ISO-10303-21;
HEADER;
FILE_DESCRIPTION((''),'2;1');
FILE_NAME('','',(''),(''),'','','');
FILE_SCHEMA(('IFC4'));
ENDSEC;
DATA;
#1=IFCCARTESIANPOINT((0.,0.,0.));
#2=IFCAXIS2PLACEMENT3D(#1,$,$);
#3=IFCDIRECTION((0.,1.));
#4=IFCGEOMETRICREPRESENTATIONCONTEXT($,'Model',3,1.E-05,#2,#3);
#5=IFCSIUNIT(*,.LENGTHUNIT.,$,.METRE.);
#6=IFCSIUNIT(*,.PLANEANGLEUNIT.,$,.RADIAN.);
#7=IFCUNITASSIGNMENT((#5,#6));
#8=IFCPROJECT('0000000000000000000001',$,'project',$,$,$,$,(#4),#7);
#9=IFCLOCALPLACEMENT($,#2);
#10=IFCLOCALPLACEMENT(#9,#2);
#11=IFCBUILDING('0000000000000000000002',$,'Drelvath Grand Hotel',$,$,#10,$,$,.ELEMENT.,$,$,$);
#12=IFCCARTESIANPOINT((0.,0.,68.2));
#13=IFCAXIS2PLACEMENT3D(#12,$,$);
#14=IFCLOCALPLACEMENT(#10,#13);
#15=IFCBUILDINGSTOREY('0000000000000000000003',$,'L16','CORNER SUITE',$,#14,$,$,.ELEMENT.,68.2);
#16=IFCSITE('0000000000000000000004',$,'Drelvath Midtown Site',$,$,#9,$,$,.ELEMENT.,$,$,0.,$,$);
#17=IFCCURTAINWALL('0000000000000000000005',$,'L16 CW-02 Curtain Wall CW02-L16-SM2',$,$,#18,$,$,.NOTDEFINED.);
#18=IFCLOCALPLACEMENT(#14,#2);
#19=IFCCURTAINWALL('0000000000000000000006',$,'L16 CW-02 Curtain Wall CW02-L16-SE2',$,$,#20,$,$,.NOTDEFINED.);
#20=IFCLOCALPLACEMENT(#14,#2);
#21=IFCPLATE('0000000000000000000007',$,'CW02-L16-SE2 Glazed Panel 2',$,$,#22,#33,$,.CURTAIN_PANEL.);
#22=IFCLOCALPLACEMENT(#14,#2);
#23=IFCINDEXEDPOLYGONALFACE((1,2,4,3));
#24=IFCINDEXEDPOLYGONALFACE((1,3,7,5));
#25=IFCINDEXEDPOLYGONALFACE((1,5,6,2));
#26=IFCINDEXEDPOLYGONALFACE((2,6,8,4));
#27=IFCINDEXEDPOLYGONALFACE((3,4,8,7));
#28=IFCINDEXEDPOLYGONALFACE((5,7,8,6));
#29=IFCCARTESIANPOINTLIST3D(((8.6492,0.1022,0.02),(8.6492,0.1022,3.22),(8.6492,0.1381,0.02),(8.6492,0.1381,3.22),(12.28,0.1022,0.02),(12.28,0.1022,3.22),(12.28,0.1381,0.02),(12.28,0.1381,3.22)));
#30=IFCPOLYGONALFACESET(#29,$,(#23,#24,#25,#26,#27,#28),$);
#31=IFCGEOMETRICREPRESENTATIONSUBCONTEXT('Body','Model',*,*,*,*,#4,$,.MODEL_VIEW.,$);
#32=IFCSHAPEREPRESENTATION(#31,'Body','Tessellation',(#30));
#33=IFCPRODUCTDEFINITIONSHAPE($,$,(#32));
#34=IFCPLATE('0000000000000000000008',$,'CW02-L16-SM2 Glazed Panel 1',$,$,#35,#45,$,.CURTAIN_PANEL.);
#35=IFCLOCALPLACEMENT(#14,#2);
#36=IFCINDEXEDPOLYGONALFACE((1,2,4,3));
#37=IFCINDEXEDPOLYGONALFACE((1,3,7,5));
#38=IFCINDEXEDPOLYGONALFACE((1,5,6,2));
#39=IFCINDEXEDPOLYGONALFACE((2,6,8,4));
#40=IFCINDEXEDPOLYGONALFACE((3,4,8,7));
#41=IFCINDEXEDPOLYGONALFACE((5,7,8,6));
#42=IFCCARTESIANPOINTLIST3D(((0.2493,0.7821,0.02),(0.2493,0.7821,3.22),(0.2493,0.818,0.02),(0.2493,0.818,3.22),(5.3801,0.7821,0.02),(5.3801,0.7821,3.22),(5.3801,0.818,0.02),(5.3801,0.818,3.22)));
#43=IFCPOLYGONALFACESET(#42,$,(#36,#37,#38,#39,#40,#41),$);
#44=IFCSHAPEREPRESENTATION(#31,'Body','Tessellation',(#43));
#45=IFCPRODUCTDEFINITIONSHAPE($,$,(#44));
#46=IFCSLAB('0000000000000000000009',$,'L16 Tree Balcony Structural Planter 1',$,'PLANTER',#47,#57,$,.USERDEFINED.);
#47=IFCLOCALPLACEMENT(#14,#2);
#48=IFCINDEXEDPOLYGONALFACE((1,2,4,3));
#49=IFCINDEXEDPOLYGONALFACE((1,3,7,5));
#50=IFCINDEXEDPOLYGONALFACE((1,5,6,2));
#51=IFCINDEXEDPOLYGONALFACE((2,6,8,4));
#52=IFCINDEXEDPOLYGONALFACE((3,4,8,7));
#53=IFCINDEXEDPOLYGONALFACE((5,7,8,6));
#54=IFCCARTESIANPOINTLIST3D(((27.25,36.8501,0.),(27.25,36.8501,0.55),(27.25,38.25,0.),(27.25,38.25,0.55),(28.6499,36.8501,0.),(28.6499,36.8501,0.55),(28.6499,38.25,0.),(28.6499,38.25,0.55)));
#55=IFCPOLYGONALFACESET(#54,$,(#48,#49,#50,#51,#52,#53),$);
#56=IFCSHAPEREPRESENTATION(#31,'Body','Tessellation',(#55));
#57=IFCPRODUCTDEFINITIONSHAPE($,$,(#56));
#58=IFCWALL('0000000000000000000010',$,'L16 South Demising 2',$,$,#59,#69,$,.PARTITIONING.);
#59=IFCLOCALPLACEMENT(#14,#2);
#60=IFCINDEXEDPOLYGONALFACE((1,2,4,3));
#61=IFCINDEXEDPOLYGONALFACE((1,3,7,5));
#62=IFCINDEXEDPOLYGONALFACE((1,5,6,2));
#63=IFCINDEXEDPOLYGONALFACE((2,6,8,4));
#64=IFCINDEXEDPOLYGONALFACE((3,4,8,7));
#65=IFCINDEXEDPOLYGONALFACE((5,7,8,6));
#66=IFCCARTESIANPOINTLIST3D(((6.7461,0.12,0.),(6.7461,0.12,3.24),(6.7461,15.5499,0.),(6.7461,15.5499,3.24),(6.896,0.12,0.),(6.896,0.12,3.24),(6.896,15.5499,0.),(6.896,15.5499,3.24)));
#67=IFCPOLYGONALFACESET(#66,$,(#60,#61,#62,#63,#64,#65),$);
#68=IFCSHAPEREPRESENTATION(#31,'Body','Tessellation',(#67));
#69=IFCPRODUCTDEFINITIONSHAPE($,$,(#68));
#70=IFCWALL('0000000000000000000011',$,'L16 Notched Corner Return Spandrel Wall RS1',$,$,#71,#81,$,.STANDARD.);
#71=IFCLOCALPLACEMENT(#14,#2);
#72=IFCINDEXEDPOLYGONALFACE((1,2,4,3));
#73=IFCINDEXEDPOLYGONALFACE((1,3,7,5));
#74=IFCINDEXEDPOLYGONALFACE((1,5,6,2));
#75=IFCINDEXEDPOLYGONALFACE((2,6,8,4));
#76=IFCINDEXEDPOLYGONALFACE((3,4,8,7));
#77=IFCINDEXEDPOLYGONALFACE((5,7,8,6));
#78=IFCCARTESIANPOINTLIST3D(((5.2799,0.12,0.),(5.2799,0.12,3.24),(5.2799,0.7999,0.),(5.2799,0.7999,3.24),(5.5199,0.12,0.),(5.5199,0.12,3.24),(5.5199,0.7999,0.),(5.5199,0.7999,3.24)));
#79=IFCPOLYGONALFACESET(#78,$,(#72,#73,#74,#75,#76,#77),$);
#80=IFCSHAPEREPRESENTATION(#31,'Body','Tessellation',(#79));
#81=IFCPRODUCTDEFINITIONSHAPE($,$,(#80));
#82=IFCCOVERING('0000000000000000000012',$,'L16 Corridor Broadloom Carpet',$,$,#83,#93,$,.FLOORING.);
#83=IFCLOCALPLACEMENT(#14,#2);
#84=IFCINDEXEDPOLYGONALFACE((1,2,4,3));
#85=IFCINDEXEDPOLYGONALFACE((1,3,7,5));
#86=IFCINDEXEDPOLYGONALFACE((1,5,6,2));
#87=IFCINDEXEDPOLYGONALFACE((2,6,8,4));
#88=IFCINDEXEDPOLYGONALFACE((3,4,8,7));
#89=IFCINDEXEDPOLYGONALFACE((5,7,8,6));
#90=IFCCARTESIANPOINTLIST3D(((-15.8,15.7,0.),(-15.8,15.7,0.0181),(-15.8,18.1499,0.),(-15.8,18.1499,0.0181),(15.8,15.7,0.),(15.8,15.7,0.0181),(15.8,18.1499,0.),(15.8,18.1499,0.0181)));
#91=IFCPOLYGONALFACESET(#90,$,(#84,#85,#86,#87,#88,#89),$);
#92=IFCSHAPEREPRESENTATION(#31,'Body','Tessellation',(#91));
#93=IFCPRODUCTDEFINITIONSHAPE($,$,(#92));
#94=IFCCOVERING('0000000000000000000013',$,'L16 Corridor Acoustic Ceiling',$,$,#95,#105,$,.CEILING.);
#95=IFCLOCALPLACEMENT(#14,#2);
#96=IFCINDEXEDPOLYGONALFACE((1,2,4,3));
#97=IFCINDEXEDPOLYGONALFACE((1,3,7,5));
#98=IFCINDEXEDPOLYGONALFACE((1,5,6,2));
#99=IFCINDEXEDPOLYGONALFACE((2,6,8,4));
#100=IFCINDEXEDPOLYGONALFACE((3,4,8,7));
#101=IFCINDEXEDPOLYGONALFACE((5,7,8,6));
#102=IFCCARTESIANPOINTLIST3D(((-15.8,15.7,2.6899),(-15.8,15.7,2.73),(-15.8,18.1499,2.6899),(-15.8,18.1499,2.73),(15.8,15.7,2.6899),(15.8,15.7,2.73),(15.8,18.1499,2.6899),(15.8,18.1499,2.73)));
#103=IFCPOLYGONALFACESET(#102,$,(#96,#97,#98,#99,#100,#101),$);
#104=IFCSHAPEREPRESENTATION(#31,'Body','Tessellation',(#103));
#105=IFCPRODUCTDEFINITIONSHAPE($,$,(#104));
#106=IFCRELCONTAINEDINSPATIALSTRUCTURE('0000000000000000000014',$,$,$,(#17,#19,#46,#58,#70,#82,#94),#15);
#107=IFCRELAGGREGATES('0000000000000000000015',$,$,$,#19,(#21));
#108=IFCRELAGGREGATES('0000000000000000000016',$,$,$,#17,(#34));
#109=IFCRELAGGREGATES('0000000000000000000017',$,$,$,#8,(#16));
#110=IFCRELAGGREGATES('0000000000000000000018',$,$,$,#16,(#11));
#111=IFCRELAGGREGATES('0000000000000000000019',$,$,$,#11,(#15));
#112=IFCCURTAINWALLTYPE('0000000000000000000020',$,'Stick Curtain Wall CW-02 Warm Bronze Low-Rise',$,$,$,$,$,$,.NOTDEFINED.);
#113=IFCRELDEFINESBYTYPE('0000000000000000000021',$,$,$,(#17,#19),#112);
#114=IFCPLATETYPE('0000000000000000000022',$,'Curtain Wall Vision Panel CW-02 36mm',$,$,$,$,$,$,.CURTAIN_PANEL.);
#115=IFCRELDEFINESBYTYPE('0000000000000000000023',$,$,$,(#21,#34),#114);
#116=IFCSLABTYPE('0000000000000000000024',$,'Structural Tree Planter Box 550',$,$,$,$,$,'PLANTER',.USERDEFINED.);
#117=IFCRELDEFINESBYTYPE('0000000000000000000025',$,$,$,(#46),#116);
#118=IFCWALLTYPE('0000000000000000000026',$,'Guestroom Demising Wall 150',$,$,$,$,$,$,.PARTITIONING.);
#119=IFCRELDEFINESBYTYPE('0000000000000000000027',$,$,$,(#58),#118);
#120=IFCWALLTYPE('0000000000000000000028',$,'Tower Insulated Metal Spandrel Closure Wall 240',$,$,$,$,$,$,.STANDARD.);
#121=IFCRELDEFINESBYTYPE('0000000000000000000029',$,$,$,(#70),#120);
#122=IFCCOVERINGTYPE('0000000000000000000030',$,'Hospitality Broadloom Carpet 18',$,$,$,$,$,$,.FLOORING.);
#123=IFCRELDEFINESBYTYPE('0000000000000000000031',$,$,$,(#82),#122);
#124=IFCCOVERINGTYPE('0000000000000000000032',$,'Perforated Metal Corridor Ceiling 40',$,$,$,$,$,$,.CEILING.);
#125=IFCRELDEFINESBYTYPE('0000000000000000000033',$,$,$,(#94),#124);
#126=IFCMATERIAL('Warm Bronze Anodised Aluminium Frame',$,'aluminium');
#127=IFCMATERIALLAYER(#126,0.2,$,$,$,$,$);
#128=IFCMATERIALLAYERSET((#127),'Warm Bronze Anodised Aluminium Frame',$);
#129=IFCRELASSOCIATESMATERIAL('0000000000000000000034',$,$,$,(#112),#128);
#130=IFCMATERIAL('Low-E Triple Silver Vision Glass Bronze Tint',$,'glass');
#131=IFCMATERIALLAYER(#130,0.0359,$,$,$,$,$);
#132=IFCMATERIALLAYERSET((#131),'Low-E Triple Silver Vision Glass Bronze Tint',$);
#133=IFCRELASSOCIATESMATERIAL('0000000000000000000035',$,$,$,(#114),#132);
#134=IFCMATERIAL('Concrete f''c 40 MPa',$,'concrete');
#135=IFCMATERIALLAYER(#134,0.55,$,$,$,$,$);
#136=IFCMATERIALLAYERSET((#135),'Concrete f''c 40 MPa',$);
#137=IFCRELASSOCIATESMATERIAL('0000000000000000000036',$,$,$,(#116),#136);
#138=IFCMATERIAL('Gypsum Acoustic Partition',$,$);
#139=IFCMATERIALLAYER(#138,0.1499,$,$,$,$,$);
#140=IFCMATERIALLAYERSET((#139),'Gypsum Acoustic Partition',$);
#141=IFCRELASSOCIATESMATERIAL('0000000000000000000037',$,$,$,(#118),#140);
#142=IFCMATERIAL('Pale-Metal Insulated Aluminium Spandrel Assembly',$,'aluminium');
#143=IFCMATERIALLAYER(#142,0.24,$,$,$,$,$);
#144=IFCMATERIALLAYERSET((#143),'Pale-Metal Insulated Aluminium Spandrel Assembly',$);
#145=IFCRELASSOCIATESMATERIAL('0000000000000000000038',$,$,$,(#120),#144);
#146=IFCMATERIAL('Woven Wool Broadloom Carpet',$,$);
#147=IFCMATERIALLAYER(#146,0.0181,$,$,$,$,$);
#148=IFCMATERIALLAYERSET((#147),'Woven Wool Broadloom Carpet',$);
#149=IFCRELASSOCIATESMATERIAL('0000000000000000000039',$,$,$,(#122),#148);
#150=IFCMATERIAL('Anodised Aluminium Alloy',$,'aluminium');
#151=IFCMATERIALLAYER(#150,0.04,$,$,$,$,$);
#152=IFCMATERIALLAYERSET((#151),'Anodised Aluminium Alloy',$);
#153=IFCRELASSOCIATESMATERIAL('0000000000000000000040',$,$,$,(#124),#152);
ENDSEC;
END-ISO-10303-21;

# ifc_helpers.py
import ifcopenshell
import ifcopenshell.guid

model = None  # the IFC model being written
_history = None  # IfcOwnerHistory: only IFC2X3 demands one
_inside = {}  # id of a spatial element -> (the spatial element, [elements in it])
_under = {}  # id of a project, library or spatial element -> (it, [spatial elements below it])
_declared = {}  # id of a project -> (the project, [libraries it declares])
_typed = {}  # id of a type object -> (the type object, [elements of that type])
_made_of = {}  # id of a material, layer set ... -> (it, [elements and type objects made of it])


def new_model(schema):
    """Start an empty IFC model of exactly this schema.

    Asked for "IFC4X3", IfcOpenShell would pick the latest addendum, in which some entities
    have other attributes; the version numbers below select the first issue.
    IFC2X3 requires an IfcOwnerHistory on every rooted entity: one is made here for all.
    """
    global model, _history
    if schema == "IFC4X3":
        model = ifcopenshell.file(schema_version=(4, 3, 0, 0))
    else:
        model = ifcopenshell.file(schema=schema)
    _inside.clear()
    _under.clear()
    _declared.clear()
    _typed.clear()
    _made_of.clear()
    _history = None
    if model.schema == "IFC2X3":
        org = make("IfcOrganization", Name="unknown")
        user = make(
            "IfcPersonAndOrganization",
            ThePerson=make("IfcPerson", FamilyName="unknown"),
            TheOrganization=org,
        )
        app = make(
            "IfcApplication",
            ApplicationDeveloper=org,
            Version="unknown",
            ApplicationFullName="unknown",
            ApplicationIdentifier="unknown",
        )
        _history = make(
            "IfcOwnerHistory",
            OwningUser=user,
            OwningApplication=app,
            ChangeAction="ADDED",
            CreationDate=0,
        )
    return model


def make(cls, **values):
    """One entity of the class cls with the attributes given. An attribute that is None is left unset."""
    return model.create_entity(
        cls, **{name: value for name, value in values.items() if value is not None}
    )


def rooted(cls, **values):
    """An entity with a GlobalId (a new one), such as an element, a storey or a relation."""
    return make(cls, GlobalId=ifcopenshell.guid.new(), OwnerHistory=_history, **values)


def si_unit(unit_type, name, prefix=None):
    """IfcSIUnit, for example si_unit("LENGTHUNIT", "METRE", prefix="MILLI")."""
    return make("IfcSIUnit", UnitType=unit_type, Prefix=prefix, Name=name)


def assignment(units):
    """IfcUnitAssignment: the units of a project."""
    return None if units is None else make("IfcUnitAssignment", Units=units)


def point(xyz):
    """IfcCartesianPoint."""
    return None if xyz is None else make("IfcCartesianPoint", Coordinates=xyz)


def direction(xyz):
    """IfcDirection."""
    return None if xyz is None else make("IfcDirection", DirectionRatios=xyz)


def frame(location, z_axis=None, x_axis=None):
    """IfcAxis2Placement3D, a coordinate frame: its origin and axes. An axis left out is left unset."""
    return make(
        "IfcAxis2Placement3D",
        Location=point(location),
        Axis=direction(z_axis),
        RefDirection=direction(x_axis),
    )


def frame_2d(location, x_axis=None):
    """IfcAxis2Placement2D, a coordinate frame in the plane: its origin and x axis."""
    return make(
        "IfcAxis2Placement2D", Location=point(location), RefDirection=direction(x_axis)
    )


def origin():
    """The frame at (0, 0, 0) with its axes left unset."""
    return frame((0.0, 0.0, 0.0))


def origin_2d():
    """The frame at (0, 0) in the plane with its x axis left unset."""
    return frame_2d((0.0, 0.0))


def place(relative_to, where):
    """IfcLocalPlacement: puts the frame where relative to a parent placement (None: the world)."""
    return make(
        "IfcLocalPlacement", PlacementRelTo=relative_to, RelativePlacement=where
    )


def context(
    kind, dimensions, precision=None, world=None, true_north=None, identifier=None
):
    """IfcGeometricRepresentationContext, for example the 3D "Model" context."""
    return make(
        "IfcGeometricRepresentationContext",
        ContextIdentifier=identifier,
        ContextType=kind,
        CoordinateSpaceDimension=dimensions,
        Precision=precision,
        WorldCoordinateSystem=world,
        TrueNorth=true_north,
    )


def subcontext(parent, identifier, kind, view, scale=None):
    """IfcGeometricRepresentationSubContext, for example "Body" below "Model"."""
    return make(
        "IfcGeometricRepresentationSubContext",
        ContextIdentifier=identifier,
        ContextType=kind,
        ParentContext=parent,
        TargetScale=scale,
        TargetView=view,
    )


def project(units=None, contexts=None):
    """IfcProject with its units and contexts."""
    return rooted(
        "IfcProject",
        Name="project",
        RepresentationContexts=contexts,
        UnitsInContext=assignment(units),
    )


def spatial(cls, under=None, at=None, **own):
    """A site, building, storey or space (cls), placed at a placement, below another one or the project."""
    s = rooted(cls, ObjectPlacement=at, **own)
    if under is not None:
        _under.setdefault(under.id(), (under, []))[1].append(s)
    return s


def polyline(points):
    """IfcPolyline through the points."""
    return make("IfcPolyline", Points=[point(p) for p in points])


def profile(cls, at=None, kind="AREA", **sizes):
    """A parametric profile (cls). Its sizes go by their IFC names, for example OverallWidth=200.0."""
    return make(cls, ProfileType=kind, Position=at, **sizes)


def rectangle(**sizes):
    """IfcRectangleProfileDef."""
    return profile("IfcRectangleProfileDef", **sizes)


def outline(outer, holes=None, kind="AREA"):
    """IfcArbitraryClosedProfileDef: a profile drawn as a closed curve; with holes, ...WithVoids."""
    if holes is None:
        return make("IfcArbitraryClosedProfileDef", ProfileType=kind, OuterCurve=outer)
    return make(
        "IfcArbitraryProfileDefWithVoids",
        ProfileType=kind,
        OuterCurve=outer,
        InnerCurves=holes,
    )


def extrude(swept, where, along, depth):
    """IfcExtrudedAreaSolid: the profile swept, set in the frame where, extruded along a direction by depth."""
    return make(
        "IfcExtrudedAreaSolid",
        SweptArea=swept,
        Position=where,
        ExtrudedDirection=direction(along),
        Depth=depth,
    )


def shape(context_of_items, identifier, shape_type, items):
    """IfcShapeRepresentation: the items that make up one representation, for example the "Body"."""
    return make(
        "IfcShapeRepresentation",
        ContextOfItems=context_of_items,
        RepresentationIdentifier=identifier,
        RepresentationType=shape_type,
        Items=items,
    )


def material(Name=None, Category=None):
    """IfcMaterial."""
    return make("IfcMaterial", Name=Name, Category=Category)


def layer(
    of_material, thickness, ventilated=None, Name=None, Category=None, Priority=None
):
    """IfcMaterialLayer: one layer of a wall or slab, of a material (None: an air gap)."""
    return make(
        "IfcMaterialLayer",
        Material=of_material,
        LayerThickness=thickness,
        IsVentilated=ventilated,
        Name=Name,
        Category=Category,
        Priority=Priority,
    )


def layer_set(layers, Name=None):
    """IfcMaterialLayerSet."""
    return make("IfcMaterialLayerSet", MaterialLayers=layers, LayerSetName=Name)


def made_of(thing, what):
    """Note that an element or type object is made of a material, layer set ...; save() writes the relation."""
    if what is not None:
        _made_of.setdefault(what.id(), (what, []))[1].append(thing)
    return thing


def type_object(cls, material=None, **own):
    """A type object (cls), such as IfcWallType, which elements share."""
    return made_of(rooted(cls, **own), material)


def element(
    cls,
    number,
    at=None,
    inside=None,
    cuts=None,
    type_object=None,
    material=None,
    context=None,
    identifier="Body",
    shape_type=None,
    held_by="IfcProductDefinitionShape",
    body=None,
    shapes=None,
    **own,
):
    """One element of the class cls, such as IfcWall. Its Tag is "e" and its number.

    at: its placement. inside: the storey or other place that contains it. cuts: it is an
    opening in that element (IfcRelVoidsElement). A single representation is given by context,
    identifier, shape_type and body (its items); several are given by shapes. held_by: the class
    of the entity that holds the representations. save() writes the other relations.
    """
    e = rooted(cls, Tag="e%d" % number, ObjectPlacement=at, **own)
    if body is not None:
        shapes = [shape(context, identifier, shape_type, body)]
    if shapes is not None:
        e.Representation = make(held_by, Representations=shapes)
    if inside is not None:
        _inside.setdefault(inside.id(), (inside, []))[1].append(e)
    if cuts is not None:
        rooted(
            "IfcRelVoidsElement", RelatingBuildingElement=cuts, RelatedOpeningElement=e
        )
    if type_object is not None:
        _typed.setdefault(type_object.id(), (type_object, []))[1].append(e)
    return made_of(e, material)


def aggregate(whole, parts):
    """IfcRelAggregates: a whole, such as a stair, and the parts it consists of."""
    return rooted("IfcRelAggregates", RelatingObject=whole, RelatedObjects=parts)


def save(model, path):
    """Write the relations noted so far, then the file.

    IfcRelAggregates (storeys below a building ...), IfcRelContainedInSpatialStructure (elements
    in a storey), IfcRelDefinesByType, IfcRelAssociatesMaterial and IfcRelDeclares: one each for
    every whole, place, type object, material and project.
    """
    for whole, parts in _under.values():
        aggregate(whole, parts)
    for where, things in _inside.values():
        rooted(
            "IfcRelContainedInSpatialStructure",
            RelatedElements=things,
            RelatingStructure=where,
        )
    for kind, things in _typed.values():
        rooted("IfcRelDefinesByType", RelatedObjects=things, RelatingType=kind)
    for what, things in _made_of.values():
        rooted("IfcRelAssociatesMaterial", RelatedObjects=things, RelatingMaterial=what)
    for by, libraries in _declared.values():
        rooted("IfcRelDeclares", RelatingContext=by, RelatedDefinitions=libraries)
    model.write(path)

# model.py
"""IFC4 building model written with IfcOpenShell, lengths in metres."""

from ifc_helpers import new_model, si_unit, direction, frame, frame_2d, origin, origin_2d, place, context, subcontext, project, spatial, polyline, rectangle, outline, extrude, material, layer, layer_set, type_object, element, aggregate, save


model = new_model("IFC4")

# Units and contexts
model_context = context("Model", 3, precision=1e-05, world=origin(), true_north=direction((0.0, 1.0)))
body_context = subcontext(model_context, "Body", "Model", "MODEL_VIEW")
ifc_project = project(units=[si_unit("LENGTHUNIT", "METRE"), si_unit("PLANEANGLEUNIT", "RADIAN")], contexts=[model_context])

# Site, building, storey
site_placement = place(None, origin())
site = spatial("IfcSite", under=ifc_project, at=site_placement, Name="Drelvath Midtown Site", CompositionType="ELEMENT", RefElevation=0.0)
building_placement = place(site_placement, origin())
building = spatial("IfcBuilding", under=site, at=building_placement, Name="Drelvath Grand Hotel", CompositionType="ELEMENT")
storey_placement = place(building_placement, frame((0.0, 0.0, 68.2)))
storey = spatial("IfcBuildingStorey", under=building, at=storey_placement, Name="L16", Description="CORNER SUITE", CompositionType="ELEMENT", Elevation=68.2)

# Curtain wall
ifc_material_1 = material(Name="Warm Bronze Anodised Aluminium Frame", Category="aluminium")
ifc_layer_1 = layer(ifc_material_1, 0.2)
ifc_layer_set_1 = layer_set([ifc_layer_1], Name="Warm Bronze Anodised Aluminium Frame")
curtain_wall_type = type_object("IfcCurtainWallType", Name="Stick Curtain Wall CW-02 Warm Bronze Low-Rise", PredefinedType="NOTDEFINED", material=ifc_layer_set_1)
curtain_wall_1_placement = place(storey_placement, origin())
curtain_wall_1 = element("IfcCurtainWall", 1, at=curtain_wall_1_placement, inside=storey, type_object=curtain_wall_type, Name="L16 CW-02 Curtain Wall CW02-L16-SM2", PredefinedType="NOTDEFINED")

# Curtain wall
curtain_wall_2_placement = place(storey_placement, origin())
curtain_wall_2 = element("IfcCurtainWall", 2, at=curtain_wall_2_placement, inside=storey, type_object=curtain_wall_type, Name="L16 CW-02 Curtain Wall CW02-L16-SE2", PredefinedType="NOTDEFINED")

# Shared definitions
ifc_material_2 = material(Name="Concrete f'c 40 MPa", Category="concrete")

# Plates
ifc_material_3 = material(Name="Low-E Triple Silver Vision Glass Bronze Tint", Category="glass")
ifc_layer_2 = layer(ifc_material_3, 0.0359)
ifc_layer_set_2 = layer_set([ifc_layer_2], Name="Low-E Triple Silver Vision Glass Bronze Tint")
plate_type = type_object("IfcPlateType", Name="Curtain Wall Vision Panel CW-02 36mm", PredefinedType="CURTAIN_PANEL", material=ifc_layer_set_2)
plate_1_placement = place(storey_placement, frame((10.4646, 0.1201, 0.02), z_axis=(0.0, 0.0, 1.0), x_axis=(-1.0, 0.0, 0.0)))
plate_1 = element("IfcPlate", 3, at=plate_1_placement, type_object=plate_type, Name="CW02-L16-SE2 Glazed Panel 2", PredefinedType="CURTAIN_PANEL", context=body_context, shape_type="SweptSolid", body=[
    extrude(rectangle(XDim=3.6309, YDim=0.0359, at=origin_2d()), origin(), (0.0, 0.0, 1.0), 3.2),
])
aggregate(curtain_wall_2, [plate_1])
plate_2_placement = place(storey_placement, frame((2.8147, 0.8, 0.02), z_axis=(0.0, 0.0, 1.0), x_axis=(-1.0, 0.0, 0.0)))
plate_2 = element("IfcPlate", 4, at=plate_2_placement, type_object=plate_type, Name="CW02-L16-SM2 Glazed Panel 1", PredefinedType="CURTAIN_PANEL", context=body_context, shape_type="SweptSolid", body=[
    extrude(rectangle(XDim=5.1309, YDim=0.0359, at=origin_2d()), origin(), (0.0, 0.0, 1.0), 3.2),
])
aggregate(curtain_wall_1, [plate_2])

# Slab
ifc_layer_3 = layer(ifc_material_2, 0.55)
ifc_layer_set_3 = layer_set([ifc_layer_3], Name="Concrete f'c 40 MPa")
slab_type_1 = type_object("IfcSlabType", Name="Structural Tree Planter Box 550", ElementType="PLANTER", PredefinedType="USERDEFINED", material=ifc_layer_set_3)
slab_1_placement = place(storey_placement, origin())
element("IfcSlab", 5, at=slab_1_placement, inside=storey, type_object=slab_type_1, Name="L16 Tree Balcony Structural Planter 1", ObjectType="PLANTER", PredefinedType="USERDEFINED", context=body_context, shape_type="SweptSolid", body=[
    extrude(outline(polyline([(27.25, 36.8501), (28.6499, 36.8501), (28.6499, 38.25), (27.25, 38.25), (27.25, 36.8501)])), origin(), (0.0, 0.0, 1.0), 0.55),
])

# Walls
ifc_material_4 = material(Name="Gypsum Acoustic Partition")
ifc_layer_4 = layer(ifc_material_4, 0.1499)
ifc_layer_set_4 = layer_set([ifc_layer_4], Name="Gypsum Acoustic Partition")
wall_type_1 = type_object("IfcWallType", Name="Guestroom Demising Wall 150", PredefinedType="PARTITIONING", material=ifc_layer_set_4)
wall_1_placement = place(storey_placement, frame((6.821, 0.1201, 0.0), z_axis=(0.0, 0.0, 1.0), x_axis=(0.0, 1.0, 0.0)))
element("IfcWall", 6, at=wall_1_placement, inside=storey, type_object=wall_type_1, Name="L16 South Demising 2", PredefinedType="PARTITIONING", context=body_context, shape_type="SweptSolid", body=[
    extrude(rectangle(XDim=15.4299, YDim=0.1499, at=frame_2d((7.7148, 0.0))), origin(), (0.0, 0.0, 1.0), 3.24),
])
ifc_material_5 = material(Name="Pale-Metal Insulated Aluminium Spandrel Assembly", Category="aluminium")
ifc_layer_5 = layer(ifc_material_5, 0.24)
ifc_layer_set_5 = layer_set([ifc_layer_5], Name="Pale-Metal Insulated Aluminium Spandrel Assembly")
wall_type_2 = type_object("IfcWallType", Name="Tower Insulated Metal Spandrel Closure Wall 240", PredefinedType="STANDARD", material=ifc_layer_set_5)
wall_2_placement = place(storey_placement, frame((5.3999, 0.1201, 0.0), z_axis=(0.0, 0.0, 1.0), x_axis=(0.0, 1.0, 0.0)))
element("IfcWall", 7, at=wall_2_placement, inside=storey, type_object=wall_type_2, Name="L16 Notched Corner Return Spandrel Wall RS1", PredefinedType="STANDARD", context=body_context, shape_type="SweptSolid", body=[
    extrude(rectangle(XDim=0.6799, YDim=0.24, at=frame_2d((0.3398, 0.0))), origin(), (0.0, 0.0, 1.0), 3.24),
])

# Coverings
ifc_material_6 = material(Name="Woven Wool Broadloom Carpet")
ifc_layer_6 = layer(ifc_material_6, 0.0181)
ifc_layer_set_6 = layer_set([ifc_layer_6], Name="Woven Wool Broadloom Carpet")
covering_type_1 = type_object("IfcCoveringType", Name="Hospitality Broadloom Carpet 18", PredefinedType="FLOORING", material=ifc_layer_set_6)
covering_1_placement = place(storey_placement, origin())
element("IfcCovering", 8, at=covering_1_placement, inside=storey, type_object=covering_type_1, Name="L16 Corridor Broadloom Carpet", PredefinedType="FLOORING", context=body_context, shape_type="SweptSolid", body=[
    extrude(outline(polyline([(15.8, 15.7), (15.8, 18.1499), (-15.8, 18.1499), (-15.8, 15.7), (15.8, 15.7)])), origin(), (0.0, 0.0, 1.0), 0.0181),
])
ifc_material_7 = material(Name="Anodised Aluminium Alloy", Category="aluminium")
ifc_layer_7 = layer(ifc_material_7, 0.04)
ifc_layer_set_7 = layer_set([ifc_layer_7], Name="Anodised Aluminium Alloy")
covering_type_2 = type_object("IfcCoveringType", Name="Perforated Metal Corridor Ceiling 40", PredefinedType="CEILING", material=ifc_layer_set_7)
covering_2_placement = place(storey_placement, frame((0.0, 0.0, 2.6899)))
element("IfcCovering", 9, at=covering_2_placement, inside=storey, type_object=covering_type_2, Name="L16 Corridor Acoustic Ceiling", PredefinedType="CEILING", context=body_context, shape_type="SweptSolid", body=[
    extrude(outline(polyline([(15.8, 15.7), (15.8, 18.1499), (-15.8, 18.1499), (-15.8, 15.7), (15.8, 15.7)])), origin(), (0.0, 0.0, 1.0), 0.04),
])

save(model, "model.ifc")
